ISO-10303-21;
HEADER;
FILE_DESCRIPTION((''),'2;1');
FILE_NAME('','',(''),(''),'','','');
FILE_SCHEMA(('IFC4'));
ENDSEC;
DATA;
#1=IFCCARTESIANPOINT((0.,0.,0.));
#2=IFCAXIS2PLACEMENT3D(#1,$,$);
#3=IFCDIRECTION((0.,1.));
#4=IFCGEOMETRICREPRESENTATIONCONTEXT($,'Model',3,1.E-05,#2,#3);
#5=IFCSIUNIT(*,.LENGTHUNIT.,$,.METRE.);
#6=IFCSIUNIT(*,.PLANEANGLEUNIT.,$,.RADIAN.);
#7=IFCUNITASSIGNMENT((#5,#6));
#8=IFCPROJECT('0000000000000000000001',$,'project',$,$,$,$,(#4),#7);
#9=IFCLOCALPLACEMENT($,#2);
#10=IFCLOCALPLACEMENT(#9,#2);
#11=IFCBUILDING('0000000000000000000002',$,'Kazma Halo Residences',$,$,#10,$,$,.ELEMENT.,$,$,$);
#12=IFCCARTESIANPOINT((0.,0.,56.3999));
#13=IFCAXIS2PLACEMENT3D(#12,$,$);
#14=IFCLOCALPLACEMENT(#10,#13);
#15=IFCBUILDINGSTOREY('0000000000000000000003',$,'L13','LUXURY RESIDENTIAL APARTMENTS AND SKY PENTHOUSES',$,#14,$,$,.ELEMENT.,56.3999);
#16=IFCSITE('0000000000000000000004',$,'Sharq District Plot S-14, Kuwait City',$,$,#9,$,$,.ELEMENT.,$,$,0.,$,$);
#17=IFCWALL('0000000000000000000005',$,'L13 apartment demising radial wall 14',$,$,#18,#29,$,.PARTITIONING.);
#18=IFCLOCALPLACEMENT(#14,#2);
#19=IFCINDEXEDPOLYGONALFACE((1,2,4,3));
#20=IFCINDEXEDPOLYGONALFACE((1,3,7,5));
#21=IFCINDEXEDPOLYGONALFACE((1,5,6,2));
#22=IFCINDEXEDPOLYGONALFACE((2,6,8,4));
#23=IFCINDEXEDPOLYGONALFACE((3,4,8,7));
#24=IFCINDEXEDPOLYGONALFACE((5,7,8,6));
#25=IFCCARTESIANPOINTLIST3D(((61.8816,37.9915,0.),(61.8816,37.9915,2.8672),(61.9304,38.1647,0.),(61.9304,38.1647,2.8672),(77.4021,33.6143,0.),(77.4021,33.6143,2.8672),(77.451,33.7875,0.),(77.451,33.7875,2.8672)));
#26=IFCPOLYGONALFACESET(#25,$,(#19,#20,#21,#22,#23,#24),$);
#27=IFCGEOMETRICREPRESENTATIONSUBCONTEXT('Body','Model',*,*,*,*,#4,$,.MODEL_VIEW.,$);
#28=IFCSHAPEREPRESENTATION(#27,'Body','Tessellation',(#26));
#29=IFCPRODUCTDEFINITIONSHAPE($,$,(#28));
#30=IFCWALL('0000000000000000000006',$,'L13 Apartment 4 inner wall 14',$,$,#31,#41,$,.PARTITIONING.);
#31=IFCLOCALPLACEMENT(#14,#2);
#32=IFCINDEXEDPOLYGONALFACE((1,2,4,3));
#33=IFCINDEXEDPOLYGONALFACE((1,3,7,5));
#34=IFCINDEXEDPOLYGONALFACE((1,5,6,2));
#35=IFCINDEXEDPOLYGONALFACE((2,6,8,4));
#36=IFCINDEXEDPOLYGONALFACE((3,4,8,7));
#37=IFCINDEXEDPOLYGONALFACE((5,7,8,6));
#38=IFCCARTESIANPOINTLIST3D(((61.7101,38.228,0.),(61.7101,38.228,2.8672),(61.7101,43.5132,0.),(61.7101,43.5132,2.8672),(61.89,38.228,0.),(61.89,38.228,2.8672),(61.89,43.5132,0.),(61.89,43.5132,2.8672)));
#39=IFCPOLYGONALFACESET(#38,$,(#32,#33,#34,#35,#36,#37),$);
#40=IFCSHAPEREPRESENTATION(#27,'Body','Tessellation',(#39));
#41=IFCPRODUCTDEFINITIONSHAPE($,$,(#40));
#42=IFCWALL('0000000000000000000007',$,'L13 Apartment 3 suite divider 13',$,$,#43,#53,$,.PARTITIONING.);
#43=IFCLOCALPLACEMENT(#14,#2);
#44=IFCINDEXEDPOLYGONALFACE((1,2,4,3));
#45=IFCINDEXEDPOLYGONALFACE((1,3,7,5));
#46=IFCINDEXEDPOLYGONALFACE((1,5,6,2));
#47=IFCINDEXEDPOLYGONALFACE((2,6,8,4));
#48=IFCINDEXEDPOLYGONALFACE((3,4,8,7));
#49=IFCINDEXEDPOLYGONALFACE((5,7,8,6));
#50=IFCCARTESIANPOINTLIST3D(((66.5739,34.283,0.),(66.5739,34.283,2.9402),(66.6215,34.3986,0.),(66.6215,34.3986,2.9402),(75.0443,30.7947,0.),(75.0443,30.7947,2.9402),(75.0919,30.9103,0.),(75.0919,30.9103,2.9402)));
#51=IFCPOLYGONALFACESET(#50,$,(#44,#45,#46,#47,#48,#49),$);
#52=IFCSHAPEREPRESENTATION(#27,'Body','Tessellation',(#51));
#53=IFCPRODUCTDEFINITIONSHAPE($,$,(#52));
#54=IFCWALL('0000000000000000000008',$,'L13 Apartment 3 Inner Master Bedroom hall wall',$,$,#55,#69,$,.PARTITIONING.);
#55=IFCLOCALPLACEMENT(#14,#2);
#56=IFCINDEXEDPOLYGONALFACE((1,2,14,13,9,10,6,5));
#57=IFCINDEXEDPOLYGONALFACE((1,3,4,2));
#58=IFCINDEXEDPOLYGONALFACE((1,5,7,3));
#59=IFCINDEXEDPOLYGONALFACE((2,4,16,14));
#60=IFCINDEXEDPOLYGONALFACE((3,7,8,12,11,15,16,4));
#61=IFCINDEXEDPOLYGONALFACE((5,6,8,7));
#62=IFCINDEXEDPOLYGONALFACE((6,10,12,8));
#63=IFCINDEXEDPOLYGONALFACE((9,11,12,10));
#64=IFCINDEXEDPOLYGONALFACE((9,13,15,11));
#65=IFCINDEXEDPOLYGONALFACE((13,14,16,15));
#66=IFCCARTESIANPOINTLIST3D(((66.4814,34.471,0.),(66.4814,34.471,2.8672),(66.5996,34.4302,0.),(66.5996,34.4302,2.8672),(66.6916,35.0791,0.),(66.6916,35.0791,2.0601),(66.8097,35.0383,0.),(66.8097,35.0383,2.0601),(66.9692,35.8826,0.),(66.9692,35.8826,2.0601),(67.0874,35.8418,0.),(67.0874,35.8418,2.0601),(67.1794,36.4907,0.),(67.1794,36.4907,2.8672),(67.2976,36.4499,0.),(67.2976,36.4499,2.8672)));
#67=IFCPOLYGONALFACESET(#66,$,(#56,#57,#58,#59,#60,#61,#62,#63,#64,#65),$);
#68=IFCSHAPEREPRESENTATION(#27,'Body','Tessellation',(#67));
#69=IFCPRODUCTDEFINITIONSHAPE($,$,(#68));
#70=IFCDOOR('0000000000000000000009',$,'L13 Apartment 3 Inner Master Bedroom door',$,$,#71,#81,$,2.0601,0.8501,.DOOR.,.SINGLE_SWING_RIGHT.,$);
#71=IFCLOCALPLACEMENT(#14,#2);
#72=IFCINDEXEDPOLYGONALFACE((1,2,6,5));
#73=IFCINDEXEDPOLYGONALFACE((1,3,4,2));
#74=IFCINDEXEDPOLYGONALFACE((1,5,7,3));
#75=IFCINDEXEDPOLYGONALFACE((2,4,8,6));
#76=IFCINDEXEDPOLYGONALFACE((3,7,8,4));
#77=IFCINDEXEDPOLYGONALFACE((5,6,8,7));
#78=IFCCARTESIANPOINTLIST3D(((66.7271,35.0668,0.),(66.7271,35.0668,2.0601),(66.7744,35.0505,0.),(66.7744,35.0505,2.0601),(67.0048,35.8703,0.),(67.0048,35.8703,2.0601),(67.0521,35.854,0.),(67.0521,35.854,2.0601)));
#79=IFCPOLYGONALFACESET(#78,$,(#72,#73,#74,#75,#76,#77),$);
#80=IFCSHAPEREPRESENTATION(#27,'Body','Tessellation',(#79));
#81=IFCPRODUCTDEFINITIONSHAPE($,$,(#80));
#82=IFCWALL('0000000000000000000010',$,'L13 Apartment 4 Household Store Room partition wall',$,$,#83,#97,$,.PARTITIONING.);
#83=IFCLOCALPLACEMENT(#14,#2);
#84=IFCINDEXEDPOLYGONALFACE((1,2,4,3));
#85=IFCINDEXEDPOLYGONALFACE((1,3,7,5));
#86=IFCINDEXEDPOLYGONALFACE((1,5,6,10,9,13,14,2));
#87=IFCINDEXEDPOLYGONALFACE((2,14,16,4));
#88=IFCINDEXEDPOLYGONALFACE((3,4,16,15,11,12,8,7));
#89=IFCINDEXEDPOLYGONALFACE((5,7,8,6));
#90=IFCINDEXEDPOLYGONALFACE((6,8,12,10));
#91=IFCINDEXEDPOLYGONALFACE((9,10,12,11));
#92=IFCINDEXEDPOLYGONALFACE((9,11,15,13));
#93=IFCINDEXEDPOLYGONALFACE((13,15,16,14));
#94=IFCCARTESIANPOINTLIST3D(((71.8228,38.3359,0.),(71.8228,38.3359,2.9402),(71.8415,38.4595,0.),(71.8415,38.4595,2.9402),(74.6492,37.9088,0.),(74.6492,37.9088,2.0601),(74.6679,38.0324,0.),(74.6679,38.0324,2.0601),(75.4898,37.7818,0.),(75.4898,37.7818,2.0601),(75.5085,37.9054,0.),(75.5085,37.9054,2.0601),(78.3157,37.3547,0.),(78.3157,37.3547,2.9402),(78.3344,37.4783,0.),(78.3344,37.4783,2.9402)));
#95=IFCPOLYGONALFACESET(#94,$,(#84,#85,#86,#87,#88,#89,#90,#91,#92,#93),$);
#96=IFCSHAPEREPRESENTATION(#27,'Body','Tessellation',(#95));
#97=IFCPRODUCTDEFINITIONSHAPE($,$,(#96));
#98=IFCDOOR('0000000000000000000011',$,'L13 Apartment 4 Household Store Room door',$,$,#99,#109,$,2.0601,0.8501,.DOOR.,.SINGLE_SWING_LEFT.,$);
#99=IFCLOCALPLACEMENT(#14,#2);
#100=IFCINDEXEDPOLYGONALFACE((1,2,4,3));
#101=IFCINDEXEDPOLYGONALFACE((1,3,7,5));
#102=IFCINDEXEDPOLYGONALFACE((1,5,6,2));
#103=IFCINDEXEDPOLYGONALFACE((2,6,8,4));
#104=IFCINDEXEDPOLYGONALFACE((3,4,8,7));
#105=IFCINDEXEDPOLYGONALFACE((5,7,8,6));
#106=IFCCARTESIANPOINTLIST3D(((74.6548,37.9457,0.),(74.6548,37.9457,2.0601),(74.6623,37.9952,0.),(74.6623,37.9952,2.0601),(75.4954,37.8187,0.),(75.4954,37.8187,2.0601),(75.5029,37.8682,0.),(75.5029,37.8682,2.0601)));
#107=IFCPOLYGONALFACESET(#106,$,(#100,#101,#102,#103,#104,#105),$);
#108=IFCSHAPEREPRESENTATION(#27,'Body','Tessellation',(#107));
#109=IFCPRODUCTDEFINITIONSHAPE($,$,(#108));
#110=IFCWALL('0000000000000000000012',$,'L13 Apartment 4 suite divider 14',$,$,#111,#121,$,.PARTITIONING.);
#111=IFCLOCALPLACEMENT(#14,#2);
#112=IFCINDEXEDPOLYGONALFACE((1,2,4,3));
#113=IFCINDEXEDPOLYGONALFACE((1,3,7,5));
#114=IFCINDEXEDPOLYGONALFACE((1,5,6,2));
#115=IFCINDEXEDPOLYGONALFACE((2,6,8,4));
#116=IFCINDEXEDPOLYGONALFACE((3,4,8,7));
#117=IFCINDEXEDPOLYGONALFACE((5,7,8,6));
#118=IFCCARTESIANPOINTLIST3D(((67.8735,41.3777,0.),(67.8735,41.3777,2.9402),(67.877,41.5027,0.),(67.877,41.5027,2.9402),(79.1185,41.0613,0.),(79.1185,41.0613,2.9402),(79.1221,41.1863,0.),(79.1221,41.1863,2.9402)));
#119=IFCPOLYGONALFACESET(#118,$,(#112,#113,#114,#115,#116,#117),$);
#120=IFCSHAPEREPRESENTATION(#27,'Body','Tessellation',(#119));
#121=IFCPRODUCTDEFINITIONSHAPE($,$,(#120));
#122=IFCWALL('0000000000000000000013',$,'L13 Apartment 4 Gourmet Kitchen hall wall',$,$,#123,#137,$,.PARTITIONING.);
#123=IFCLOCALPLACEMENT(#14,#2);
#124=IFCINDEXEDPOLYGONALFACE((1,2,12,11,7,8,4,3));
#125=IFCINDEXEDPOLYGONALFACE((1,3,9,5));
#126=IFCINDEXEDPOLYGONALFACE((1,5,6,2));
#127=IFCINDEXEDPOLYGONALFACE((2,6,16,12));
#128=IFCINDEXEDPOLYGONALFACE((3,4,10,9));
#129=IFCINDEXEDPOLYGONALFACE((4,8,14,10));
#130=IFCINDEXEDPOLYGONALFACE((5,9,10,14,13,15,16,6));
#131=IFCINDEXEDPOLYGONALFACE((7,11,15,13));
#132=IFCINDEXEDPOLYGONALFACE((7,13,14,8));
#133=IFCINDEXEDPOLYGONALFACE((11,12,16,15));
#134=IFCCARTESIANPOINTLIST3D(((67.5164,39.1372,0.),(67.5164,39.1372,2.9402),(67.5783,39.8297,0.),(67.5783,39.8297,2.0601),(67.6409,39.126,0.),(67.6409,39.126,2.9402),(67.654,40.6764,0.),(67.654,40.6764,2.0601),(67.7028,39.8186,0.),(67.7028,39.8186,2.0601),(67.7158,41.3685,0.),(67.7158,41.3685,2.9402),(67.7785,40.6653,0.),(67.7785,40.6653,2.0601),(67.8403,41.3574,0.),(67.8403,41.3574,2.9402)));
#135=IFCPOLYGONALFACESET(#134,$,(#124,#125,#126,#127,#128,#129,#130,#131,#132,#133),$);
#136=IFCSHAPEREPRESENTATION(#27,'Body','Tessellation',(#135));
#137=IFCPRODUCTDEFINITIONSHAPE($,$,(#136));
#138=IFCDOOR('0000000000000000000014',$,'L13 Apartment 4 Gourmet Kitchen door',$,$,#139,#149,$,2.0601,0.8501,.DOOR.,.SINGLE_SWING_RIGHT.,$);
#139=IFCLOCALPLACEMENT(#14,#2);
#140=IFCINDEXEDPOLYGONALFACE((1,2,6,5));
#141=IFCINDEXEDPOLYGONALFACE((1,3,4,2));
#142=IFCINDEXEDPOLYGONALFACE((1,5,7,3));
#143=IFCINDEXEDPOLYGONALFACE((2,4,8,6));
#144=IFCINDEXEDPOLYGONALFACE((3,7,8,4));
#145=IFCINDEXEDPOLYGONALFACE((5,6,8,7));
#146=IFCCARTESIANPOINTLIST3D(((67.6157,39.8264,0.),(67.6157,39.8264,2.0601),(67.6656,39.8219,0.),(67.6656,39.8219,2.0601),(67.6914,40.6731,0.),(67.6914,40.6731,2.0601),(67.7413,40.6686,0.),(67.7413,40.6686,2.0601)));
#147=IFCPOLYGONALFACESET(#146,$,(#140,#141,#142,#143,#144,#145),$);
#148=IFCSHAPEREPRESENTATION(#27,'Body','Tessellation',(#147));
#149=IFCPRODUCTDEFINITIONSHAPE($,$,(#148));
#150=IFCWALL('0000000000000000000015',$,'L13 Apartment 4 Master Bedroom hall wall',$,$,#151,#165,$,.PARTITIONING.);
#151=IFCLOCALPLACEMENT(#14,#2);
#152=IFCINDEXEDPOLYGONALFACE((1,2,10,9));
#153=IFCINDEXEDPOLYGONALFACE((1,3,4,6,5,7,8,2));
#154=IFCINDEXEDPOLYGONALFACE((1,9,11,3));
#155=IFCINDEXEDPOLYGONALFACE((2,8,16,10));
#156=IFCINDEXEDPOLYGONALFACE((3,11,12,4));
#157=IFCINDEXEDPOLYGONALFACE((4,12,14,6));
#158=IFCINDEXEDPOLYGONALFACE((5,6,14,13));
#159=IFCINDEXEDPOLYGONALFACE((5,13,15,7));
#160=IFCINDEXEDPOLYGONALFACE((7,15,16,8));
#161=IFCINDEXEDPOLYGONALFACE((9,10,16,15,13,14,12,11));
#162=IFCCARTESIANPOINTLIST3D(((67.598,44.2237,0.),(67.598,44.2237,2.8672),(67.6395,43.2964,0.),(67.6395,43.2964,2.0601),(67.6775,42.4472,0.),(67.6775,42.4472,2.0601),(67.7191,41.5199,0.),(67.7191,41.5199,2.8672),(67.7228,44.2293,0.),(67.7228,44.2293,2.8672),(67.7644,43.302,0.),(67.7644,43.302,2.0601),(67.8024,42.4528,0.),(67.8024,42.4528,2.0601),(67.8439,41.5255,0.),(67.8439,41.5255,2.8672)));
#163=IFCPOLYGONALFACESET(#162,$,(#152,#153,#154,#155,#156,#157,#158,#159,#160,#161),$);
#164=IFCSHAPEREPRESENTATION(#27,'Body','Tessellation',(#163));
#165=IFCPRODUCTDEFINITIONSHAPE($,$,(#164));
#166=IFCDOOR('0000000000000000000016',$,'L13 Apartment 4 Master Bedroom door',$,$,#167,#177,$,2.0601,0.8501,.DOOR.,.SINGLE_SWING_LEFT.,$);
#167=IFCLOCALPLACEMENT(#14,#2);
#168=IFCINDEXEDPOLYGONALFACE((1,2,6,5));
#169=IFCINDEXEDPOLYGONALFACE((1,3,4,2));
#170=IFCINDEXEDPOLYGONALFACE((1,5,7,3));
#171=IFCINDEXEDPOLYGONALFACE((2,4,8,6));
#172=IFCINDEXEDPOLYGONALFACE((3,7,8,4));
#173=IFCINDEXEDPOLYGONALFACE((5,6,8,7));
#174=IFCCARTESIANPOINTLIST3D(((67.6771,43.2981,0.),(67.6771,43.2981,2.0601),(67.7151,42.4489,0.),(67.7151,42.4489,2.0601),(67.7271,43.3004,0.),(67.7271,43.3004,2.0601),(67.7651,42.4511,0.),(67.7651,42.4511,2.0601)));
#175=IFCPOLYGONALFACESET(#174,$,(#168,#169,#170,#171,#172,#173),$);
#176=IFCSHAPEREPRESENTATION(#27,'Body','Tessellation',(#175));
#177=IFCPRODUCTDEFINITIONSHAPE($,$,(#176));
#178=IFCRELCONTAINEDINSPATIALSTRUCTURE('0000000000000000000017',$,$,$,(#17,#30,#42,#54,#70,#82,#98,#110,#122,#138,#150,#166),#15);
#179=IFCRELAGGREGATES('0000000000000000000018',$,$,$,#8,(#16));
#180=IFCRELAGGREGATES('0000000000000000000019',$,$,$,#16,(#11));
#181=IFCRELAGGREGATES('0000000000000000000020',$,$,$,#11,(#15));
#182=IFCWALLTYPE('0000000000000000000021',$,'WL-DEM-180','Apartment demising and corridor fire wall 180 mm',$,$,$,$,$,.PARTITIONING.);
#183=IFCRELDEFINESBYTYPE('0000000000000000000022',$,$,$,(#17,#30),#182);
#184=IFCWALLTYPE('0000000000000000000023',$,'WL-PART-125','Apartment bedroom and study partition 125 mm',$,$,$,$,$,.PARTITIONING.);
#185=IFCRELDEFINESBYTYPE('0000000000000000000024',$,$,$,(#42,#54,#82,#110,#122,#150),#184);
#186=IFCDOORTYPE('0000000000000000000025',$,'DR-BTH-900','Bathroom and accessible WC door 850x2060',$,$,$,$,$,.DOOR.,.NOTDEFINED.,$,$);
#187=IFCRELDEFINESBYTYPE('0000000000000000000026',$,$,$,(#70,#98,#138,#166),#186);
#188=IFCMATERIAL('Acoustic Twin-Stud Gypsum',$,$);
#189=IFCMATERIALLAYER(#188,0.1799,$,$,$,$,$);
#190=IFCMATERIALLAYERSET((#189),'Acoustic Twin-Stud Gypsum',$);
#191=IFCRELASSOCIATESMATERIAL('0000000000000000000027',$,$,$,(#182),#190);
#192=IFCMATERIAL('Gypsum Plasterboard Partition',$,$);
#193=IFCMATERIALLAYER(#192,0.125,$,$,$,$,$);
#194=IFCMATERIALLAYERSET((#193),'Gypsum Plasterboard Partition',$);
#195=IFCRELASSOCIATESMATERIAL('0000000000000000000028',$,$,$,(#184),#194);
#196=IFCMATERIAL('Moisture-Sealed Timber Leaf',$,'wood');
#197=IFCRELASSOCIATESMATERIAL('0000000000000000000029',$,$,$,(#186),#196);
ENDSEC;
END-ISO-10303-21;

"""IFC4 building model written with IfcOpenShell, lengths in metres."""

from ifc_helpers import new_model, si_unit, direction, frame, frame_2d, origin, place, context, subcontext, project, spatial, rectangle, extrude, material, layer, layer_set, type_object, element, fill, save


model = new_model("IFC4")

# Units and contexts
model_context = context("Model", 3, precision=1e-05, world=origin(), true_north=direction((0.0, 1.0)))
body_context = subcontext(model_context, "Body", "Model", "MODEL_VIEW")
ifc_project = project(units=[si_unit("LENGTHUNIT", "METRE"), si_unit("PLANEANGLEUNIT", "RADIAN")], contexts=[model_context])

# Site, building, storey
site_placement = place(None, origin())
site = spatial("IfcSite", under=ifc_project, at=site_placement, Name="Sharq District Plot S-14, Kuwait City", CompositionType="ELEMENT", RefElevation=0.0)
building_placement = place(site_placement, origin())
building = spatial("IfcBuilding", under=site, at=building_placement, Name="Kazma Halo Residences", CompositionType="ELEMENT")
storey_placement = place(building_placement, frame((0.0, 0.0, 56.3999)))
storey = spatial("IfcBuildingStorey", under=building, at=storey_placement, Name="L13", Description="LUXURY RESIDENTIAL APARTMENTS AND SKY PENTHOUSES", CompositionType="ELEMENT", Elevation=56.3999)

# Walls
ifc_material_1 = material(Name="Acoustic Twin-Stud Gypsum")
ifc_layer_1 = layer(ifc_material_1, 0.1799)
ifc_layer_set_1 = layer_set([ifc_layer_1], Name="Acoustic Twin-Stud Gypsum")
wall_type_1 = type_object("IfcWallType", Name="WL-DEM-180", Description="Apartment demising and corridor fire wall 180 mm", PredefinedType="PARTITIONING", material=ifc_layer_set_1)
wall_1_placement = place(storey_placement, frame((61.906, 38.0781, 0.0), z_axis=(0.0, 0.0, 1.0), x_axis=(0.962456, -0.271438, 0.0)))
element("IfcWall", 1, at=wall_1_placement, inside=storey, type_object=wall_type_1, Name="L13 apartment demising radial wall 14", PredefinedType="PARTITIONING", context=body_context, shape_type="SweptSolid", body=[
    extrude(rectangle(XDim=16.126, YDim=0.1799, at=frame_2d((8.063, 0.0))), origin(), (0.0, 0.0, 1.0), 2.8672),
])
wall_2_placement = place(storey_placement, frame((61.8, 38.228, 0.0), z_axis=(0.0, 0.0, 1.0), x_axis=(0.0, 1.0, 0.0)))
element("IfcWall", 2, at=wall_2_placement, inside=storey, type_object=wall_type_1, Name="L13 Apartment 4 inner wall 14", PredefinedType="PARTITIONING", context=body_context, shape_type="SweptSolid", body=[
    extrude(rectangle(XDim=5.2852, YDim=0.1799, at=frame_2d((2.6426, 0.0))), origin(), (0.0, 0.0, 1.0), 2.8672),
])
ifc_material_2 = material(Name="Gypsum Plasterboard Partition")
ifc_layer_2 = layer(ifc_material_2, 0.125)
ifc_layer_set_2 = layer_set([ifc_layer_2], Name="Gypsum Plasterboard Partition")
wall_type_2 = type_object("IfcWallType", Name="WL-PART-125", Description="Apartment bedroom and study partition 125 mm", PredefinedType="PARTITIONING", material=ifc_layer_set_2)
wall_3_placement = place(storey_placement, frame((66.5977, 34.3408, 0.0), z_axis=(0.0, 0.0, 1.0), x_axis=(0.924661, -0.380791, 0.0)))
element("IfcWall", 3, at=wall_3_placement, inside=storey, type_object=wall_type_2, Name="L13 Apartment 3 suite divider 13", PredefinedType="PARTITIONING", context=body_context, shape_type="SweptSolid", body=[
    extrude(rectangle(XDim=9.1606, YDim=0.125, at=frame_2d((4.5803, 0.0))), origin(), (0.0, 0.0, 1.0), 2.9402),
])

# Walls, openings, doors
wall_4_placement = place(storey_placement, frame((66.5405, 34.4507, 0.0), z_axis=(0.0, 0.0, 1.0), x_axis=(0.326628, 0.945153, 0.0)))
wall_4 = element("IfcWall", 4, at=wall_4_placement, inside=storey, type_object=wall_type_2, Name="L13 Apartment 3 Inner Master Bedroom hall wall", PredefinedType="PARTITIONING", context=body_context, shape_type="SweptSolid", body=[
    extrude(rectangle(XDim=2.137, YDim=0.125, at=frame_2d((1.0684, 0.0))), origin(), (0.0, 0.0, 1.0), 2.8672),
])
opening_1_placement = place(wall_4_placement, frame((0.6433, 0.0, 0.0)))
opening_1 = element("IfcOpeningElement", 5, at=opening_1_placement, cuts=wall_4, PredefinedType="OPENING", context=body_context, shape_type="SweptSolid", body=[
    extrude(rectangle(XDim=0.8501, YDim=2.0601, at=frame_2d((0.425, 1.03))), frame((0.0, 0.0725, 0.0), z_axis=(0.0, -1.0, 0.0), x_axis=(1.0, 0.0, 0.0)), (0.0, 0.0, 1.0), 0.145),
])
ifc_material_3 = material(Name="Moisture-Sealed Timber Leaf", Category="wood")
door_type = type_object("IfcDoorType", Name="DR-BTH-900", Description="Bathroom and accessible WC door 850x2060", OperationType="NOTDEFINED", PredefinedType="DOOR", material=ifc_material_3)
door_1_placement = place(opening_1_placement, origin())
door_1 = element("IfcDoor", 6, at=door_1_placement, inside=storey, type_object=door_type, Name="L13 Apartment 3 Inner Master Bedroom door", OperationType="SINGLE_SWING_RIGHT", OverallHeight=2.0601, OverallWidth=0.8501, PredefinedType="DOOR", context=body_context, shape_type="SweptSolid", body=[
    extrude(rectangle(XDim=0.8501, YDim=2.0601, at=frame_2d((0.425, 1.03))), frame((0.0, 0.0249, 0.0), z_axis=(0.0, -1.0, 0.0), x_axis=(1.0, 0.0, 0.0)), (0.0, 0.0, 1.0), 0.05),
])
fill(opening_1, door_1)
wall_5_placement = place(storey_placement, frame((71.8323, 38.3977, 0.0), z_axis=(0.0, 0.0, 1.0), x_axis=(0.988774, -0.149422, 0.0)))
wall_5 = element("IfcWall", 7, at=wall_5_placement, inside=storey, type_object=wall_type_2, Name="L13 Apartment 4 Household Store Room partition wall", PredefinedType="PARTITIONING", context=body_context, shape_type="SweptSolid", body=[
    extrude(rectangle(XDim=6.5667, YDim=0.125, at=frame_2d((3.2832, 0.0))), origin(), (0.0, 0.0, 1.0), 2.9402),
])
opening_2_placement = place(wall_5_placement, frame((2.8584, 0.0, 0.0)))
opening_2 = element("IfcOpeningElement", 8, at=opening_2_placement, cuts=wall_5, PredefinedType="OPENING", context=body_context, shape_type="SweptSolid", body=[
    extrude(rectangle(XDim=0.8501, YDim=2.0601, at=frame_2d((0.425, 1.03))), frame((0.0, 0.0725, 0.0), z_axis=(0.0, -1.0, 0.0), x_axis=(1.0, 0.0, 0.0)), (0.0, 0.0, 1.0), 0.145),
])
door_2_placement = place(opening_2_placement, origin())
door_2 = element("IfcDoor", 9, at=door_2_placement, inside=storey, type_object=door_type, Name="L13 Apartment 4 Household Store Room door", OperationType="SINGLE_SWING_LEFT", OverallHeight=2.0601, OverallWidth=0.8501, PredefinedType="DOOR", context=body_context, shape_type="SweptSolid", body=[
    extrude(rectangle(XDim=0.8501, YDim=2.0601, at=frame_2d((0.425, 1.03))), frame((0.0, 0.0249, 0.0), z_axis=(0.0, -1.0, 0.0), x_axis=(1.0, 0.0, 0.0)), (0.0, 0.0, 1.0), 0.05),
])
fill(opening_2, door_2)

# Wall
wall_6_placement = place(storey_placement, frame((67.8752, 41.4402, 0.0), z_axis=(0.0, 0.0, 1.0), x_axis=(0.999604, -0.028126, 0.0)))
element("IfcWall", 10, at=wall_6_placement, inside=storey, type_object=wall_type_2, Name="L13 Apartment 4 suite divider 14", PredefinedType="PARTITIONING", context=body_context, shape_type="SweptSolid", body=[
    extrude(rectangle(XDim=11.2495, YDim=0.125, at=frame_2d((5.6248, 0.0))), origin(), (0.0, 0.0, 1.0), 2.9402),
])

# Walls, openings, doors
wall_7_placement = place(storey_placement, frame((67.5786, 39.1316, 0.0), z_axis=(0.0, 0.0, 1.0), x_axis=(0.089032, 0.996029, 0.0)))
wall_7 = element("IfcWall", 11, at=wall_7_placement, inside=storey, type_object=wall_type_2, Name="L13 Apartment 4 Gourmet Kitchen hall wall", PredefinedType="PARTITIONING", context=body_context, shape_type="SweptSolid", body=[
    extrude(rectangle(XDim=2.2402, YDim=0.125, at=frame_2d((1.1201, 0.0))), origin(), (0.0, 0.0, 1.0), 2.9402),
])
opening_3_placement = place(wall_7_placement, frame((0.6953, 0.0, 0.0)))
opening_3 = element("IfcOpeningElement", 12, at=opening_3_placement, cuts=wall_7, PredefinedType="OPENING", context=body_context, shape_type="SweptSolid", body=[
    extrude(rectangle(XDim=0.8501, YDim=2.0601, at=frame_2d((0.425, 1.03))), frame((0.0, 0.0725, 0.0), z_axis=(0.0, -1.0, 0.0), x_axis=(1.0, 0.0, 0.0)), (0.0, 0.0, 1.0), 0.145),
])
door_3_placement = place(opening_3_placement, origin())
door_3 = element("IfcDoor", 13, at=door_3_placement, inside=storey, type_object=door_type, Name="L13 Apartment 4 Gourmet Kitchen door", OperationType="SINGLE_SWING_RIGHT", OverallHeight=2.0601, OverallWidth=0.8501, PredefinedType="DOOR", context=body_context, shape_type="SweptSolid", body=[
    extrude(rectangle(XDim=0.8501, YDim=2.0601, at=frame_2d((0.425, 1.03))), frame((0.0, 0.0249, 0.0), z_axis=(0.0, -1.0, 0.0), x_axis=(1.0, 0.0, 0.0)), (0.0, 0.0, 1.0), 0.05),
])
fill(opening_3, door_3)
wall_8_placement = place(storey_placement, frame((67.7815, 41.5227, 0.0), z_axis=(0.0, 0.0, 1.0), x_axis=(-0.044741, 0.998999, 0.0)))
wall_8 = element("IfcWall", 14, at=wall_8_placement, inside=storey, type_object=wall_type_2, Name="L13 Apartment 4 Master Bedroom hall wall", PredefinedType="PARTITIONING", context=body_context, shape_type="SweptSolid", body=[
    extrude(rectangle(XDim=2.7065, YDim=0.125, at=frame_2d((1.3533, 0.0))), origin(), (0.0, 0.0, 1.0), 2.8672),
])
opening_4_placement = place(wall_8_placement, frame((0.9282, 0.0, 0.0)))
opening_4 = element("IfcOpeningElement", 15, at=opening_4_placement, cuts=wall_8, PredefinedType="OPENING", context=body_context, shape_type="SweptSolid", body=[
    extrude(rectangle(XDim=0.8501, YDim=2.0601, at=frame_2d((0.425, 1.03))), frame((0.0, 0.0725, 0.0), z_axis=(0.0, -1.0, 0.0), x_axis=(1.0, 0.0, 0.0)), (0.0, 0.0, 1.0), 0.145),
])
door_4_placement = place(opening_4_placement, origin())
door_4 = element("IfcDoor", 16, at=door_4_placement, inside=storey, type_object=door_type, Name="L13 Apartment 4 Master Bedroom door", OperationType="SINGLE_SWING_LEFT", OverallHeight=2.0601, OverallWidth=0.8501, PredefinedType="DOOR", context=body_context, shape_type="SweptSolid", body=[
    extrude(rectangle(XDim=0.8501, YDim=2.0601, at=frame_2d((0.425, 1.03))), frame((0.0, 0.0249, 0.0), z_axis=(0.0, -1.0, 0.0), x_axis=(1.0, 0.0, 0.0)), (0.0, 0.0, 1.0), 0.05),
])
fill(opening_4, door_4)

save(model, "model.ifc")
